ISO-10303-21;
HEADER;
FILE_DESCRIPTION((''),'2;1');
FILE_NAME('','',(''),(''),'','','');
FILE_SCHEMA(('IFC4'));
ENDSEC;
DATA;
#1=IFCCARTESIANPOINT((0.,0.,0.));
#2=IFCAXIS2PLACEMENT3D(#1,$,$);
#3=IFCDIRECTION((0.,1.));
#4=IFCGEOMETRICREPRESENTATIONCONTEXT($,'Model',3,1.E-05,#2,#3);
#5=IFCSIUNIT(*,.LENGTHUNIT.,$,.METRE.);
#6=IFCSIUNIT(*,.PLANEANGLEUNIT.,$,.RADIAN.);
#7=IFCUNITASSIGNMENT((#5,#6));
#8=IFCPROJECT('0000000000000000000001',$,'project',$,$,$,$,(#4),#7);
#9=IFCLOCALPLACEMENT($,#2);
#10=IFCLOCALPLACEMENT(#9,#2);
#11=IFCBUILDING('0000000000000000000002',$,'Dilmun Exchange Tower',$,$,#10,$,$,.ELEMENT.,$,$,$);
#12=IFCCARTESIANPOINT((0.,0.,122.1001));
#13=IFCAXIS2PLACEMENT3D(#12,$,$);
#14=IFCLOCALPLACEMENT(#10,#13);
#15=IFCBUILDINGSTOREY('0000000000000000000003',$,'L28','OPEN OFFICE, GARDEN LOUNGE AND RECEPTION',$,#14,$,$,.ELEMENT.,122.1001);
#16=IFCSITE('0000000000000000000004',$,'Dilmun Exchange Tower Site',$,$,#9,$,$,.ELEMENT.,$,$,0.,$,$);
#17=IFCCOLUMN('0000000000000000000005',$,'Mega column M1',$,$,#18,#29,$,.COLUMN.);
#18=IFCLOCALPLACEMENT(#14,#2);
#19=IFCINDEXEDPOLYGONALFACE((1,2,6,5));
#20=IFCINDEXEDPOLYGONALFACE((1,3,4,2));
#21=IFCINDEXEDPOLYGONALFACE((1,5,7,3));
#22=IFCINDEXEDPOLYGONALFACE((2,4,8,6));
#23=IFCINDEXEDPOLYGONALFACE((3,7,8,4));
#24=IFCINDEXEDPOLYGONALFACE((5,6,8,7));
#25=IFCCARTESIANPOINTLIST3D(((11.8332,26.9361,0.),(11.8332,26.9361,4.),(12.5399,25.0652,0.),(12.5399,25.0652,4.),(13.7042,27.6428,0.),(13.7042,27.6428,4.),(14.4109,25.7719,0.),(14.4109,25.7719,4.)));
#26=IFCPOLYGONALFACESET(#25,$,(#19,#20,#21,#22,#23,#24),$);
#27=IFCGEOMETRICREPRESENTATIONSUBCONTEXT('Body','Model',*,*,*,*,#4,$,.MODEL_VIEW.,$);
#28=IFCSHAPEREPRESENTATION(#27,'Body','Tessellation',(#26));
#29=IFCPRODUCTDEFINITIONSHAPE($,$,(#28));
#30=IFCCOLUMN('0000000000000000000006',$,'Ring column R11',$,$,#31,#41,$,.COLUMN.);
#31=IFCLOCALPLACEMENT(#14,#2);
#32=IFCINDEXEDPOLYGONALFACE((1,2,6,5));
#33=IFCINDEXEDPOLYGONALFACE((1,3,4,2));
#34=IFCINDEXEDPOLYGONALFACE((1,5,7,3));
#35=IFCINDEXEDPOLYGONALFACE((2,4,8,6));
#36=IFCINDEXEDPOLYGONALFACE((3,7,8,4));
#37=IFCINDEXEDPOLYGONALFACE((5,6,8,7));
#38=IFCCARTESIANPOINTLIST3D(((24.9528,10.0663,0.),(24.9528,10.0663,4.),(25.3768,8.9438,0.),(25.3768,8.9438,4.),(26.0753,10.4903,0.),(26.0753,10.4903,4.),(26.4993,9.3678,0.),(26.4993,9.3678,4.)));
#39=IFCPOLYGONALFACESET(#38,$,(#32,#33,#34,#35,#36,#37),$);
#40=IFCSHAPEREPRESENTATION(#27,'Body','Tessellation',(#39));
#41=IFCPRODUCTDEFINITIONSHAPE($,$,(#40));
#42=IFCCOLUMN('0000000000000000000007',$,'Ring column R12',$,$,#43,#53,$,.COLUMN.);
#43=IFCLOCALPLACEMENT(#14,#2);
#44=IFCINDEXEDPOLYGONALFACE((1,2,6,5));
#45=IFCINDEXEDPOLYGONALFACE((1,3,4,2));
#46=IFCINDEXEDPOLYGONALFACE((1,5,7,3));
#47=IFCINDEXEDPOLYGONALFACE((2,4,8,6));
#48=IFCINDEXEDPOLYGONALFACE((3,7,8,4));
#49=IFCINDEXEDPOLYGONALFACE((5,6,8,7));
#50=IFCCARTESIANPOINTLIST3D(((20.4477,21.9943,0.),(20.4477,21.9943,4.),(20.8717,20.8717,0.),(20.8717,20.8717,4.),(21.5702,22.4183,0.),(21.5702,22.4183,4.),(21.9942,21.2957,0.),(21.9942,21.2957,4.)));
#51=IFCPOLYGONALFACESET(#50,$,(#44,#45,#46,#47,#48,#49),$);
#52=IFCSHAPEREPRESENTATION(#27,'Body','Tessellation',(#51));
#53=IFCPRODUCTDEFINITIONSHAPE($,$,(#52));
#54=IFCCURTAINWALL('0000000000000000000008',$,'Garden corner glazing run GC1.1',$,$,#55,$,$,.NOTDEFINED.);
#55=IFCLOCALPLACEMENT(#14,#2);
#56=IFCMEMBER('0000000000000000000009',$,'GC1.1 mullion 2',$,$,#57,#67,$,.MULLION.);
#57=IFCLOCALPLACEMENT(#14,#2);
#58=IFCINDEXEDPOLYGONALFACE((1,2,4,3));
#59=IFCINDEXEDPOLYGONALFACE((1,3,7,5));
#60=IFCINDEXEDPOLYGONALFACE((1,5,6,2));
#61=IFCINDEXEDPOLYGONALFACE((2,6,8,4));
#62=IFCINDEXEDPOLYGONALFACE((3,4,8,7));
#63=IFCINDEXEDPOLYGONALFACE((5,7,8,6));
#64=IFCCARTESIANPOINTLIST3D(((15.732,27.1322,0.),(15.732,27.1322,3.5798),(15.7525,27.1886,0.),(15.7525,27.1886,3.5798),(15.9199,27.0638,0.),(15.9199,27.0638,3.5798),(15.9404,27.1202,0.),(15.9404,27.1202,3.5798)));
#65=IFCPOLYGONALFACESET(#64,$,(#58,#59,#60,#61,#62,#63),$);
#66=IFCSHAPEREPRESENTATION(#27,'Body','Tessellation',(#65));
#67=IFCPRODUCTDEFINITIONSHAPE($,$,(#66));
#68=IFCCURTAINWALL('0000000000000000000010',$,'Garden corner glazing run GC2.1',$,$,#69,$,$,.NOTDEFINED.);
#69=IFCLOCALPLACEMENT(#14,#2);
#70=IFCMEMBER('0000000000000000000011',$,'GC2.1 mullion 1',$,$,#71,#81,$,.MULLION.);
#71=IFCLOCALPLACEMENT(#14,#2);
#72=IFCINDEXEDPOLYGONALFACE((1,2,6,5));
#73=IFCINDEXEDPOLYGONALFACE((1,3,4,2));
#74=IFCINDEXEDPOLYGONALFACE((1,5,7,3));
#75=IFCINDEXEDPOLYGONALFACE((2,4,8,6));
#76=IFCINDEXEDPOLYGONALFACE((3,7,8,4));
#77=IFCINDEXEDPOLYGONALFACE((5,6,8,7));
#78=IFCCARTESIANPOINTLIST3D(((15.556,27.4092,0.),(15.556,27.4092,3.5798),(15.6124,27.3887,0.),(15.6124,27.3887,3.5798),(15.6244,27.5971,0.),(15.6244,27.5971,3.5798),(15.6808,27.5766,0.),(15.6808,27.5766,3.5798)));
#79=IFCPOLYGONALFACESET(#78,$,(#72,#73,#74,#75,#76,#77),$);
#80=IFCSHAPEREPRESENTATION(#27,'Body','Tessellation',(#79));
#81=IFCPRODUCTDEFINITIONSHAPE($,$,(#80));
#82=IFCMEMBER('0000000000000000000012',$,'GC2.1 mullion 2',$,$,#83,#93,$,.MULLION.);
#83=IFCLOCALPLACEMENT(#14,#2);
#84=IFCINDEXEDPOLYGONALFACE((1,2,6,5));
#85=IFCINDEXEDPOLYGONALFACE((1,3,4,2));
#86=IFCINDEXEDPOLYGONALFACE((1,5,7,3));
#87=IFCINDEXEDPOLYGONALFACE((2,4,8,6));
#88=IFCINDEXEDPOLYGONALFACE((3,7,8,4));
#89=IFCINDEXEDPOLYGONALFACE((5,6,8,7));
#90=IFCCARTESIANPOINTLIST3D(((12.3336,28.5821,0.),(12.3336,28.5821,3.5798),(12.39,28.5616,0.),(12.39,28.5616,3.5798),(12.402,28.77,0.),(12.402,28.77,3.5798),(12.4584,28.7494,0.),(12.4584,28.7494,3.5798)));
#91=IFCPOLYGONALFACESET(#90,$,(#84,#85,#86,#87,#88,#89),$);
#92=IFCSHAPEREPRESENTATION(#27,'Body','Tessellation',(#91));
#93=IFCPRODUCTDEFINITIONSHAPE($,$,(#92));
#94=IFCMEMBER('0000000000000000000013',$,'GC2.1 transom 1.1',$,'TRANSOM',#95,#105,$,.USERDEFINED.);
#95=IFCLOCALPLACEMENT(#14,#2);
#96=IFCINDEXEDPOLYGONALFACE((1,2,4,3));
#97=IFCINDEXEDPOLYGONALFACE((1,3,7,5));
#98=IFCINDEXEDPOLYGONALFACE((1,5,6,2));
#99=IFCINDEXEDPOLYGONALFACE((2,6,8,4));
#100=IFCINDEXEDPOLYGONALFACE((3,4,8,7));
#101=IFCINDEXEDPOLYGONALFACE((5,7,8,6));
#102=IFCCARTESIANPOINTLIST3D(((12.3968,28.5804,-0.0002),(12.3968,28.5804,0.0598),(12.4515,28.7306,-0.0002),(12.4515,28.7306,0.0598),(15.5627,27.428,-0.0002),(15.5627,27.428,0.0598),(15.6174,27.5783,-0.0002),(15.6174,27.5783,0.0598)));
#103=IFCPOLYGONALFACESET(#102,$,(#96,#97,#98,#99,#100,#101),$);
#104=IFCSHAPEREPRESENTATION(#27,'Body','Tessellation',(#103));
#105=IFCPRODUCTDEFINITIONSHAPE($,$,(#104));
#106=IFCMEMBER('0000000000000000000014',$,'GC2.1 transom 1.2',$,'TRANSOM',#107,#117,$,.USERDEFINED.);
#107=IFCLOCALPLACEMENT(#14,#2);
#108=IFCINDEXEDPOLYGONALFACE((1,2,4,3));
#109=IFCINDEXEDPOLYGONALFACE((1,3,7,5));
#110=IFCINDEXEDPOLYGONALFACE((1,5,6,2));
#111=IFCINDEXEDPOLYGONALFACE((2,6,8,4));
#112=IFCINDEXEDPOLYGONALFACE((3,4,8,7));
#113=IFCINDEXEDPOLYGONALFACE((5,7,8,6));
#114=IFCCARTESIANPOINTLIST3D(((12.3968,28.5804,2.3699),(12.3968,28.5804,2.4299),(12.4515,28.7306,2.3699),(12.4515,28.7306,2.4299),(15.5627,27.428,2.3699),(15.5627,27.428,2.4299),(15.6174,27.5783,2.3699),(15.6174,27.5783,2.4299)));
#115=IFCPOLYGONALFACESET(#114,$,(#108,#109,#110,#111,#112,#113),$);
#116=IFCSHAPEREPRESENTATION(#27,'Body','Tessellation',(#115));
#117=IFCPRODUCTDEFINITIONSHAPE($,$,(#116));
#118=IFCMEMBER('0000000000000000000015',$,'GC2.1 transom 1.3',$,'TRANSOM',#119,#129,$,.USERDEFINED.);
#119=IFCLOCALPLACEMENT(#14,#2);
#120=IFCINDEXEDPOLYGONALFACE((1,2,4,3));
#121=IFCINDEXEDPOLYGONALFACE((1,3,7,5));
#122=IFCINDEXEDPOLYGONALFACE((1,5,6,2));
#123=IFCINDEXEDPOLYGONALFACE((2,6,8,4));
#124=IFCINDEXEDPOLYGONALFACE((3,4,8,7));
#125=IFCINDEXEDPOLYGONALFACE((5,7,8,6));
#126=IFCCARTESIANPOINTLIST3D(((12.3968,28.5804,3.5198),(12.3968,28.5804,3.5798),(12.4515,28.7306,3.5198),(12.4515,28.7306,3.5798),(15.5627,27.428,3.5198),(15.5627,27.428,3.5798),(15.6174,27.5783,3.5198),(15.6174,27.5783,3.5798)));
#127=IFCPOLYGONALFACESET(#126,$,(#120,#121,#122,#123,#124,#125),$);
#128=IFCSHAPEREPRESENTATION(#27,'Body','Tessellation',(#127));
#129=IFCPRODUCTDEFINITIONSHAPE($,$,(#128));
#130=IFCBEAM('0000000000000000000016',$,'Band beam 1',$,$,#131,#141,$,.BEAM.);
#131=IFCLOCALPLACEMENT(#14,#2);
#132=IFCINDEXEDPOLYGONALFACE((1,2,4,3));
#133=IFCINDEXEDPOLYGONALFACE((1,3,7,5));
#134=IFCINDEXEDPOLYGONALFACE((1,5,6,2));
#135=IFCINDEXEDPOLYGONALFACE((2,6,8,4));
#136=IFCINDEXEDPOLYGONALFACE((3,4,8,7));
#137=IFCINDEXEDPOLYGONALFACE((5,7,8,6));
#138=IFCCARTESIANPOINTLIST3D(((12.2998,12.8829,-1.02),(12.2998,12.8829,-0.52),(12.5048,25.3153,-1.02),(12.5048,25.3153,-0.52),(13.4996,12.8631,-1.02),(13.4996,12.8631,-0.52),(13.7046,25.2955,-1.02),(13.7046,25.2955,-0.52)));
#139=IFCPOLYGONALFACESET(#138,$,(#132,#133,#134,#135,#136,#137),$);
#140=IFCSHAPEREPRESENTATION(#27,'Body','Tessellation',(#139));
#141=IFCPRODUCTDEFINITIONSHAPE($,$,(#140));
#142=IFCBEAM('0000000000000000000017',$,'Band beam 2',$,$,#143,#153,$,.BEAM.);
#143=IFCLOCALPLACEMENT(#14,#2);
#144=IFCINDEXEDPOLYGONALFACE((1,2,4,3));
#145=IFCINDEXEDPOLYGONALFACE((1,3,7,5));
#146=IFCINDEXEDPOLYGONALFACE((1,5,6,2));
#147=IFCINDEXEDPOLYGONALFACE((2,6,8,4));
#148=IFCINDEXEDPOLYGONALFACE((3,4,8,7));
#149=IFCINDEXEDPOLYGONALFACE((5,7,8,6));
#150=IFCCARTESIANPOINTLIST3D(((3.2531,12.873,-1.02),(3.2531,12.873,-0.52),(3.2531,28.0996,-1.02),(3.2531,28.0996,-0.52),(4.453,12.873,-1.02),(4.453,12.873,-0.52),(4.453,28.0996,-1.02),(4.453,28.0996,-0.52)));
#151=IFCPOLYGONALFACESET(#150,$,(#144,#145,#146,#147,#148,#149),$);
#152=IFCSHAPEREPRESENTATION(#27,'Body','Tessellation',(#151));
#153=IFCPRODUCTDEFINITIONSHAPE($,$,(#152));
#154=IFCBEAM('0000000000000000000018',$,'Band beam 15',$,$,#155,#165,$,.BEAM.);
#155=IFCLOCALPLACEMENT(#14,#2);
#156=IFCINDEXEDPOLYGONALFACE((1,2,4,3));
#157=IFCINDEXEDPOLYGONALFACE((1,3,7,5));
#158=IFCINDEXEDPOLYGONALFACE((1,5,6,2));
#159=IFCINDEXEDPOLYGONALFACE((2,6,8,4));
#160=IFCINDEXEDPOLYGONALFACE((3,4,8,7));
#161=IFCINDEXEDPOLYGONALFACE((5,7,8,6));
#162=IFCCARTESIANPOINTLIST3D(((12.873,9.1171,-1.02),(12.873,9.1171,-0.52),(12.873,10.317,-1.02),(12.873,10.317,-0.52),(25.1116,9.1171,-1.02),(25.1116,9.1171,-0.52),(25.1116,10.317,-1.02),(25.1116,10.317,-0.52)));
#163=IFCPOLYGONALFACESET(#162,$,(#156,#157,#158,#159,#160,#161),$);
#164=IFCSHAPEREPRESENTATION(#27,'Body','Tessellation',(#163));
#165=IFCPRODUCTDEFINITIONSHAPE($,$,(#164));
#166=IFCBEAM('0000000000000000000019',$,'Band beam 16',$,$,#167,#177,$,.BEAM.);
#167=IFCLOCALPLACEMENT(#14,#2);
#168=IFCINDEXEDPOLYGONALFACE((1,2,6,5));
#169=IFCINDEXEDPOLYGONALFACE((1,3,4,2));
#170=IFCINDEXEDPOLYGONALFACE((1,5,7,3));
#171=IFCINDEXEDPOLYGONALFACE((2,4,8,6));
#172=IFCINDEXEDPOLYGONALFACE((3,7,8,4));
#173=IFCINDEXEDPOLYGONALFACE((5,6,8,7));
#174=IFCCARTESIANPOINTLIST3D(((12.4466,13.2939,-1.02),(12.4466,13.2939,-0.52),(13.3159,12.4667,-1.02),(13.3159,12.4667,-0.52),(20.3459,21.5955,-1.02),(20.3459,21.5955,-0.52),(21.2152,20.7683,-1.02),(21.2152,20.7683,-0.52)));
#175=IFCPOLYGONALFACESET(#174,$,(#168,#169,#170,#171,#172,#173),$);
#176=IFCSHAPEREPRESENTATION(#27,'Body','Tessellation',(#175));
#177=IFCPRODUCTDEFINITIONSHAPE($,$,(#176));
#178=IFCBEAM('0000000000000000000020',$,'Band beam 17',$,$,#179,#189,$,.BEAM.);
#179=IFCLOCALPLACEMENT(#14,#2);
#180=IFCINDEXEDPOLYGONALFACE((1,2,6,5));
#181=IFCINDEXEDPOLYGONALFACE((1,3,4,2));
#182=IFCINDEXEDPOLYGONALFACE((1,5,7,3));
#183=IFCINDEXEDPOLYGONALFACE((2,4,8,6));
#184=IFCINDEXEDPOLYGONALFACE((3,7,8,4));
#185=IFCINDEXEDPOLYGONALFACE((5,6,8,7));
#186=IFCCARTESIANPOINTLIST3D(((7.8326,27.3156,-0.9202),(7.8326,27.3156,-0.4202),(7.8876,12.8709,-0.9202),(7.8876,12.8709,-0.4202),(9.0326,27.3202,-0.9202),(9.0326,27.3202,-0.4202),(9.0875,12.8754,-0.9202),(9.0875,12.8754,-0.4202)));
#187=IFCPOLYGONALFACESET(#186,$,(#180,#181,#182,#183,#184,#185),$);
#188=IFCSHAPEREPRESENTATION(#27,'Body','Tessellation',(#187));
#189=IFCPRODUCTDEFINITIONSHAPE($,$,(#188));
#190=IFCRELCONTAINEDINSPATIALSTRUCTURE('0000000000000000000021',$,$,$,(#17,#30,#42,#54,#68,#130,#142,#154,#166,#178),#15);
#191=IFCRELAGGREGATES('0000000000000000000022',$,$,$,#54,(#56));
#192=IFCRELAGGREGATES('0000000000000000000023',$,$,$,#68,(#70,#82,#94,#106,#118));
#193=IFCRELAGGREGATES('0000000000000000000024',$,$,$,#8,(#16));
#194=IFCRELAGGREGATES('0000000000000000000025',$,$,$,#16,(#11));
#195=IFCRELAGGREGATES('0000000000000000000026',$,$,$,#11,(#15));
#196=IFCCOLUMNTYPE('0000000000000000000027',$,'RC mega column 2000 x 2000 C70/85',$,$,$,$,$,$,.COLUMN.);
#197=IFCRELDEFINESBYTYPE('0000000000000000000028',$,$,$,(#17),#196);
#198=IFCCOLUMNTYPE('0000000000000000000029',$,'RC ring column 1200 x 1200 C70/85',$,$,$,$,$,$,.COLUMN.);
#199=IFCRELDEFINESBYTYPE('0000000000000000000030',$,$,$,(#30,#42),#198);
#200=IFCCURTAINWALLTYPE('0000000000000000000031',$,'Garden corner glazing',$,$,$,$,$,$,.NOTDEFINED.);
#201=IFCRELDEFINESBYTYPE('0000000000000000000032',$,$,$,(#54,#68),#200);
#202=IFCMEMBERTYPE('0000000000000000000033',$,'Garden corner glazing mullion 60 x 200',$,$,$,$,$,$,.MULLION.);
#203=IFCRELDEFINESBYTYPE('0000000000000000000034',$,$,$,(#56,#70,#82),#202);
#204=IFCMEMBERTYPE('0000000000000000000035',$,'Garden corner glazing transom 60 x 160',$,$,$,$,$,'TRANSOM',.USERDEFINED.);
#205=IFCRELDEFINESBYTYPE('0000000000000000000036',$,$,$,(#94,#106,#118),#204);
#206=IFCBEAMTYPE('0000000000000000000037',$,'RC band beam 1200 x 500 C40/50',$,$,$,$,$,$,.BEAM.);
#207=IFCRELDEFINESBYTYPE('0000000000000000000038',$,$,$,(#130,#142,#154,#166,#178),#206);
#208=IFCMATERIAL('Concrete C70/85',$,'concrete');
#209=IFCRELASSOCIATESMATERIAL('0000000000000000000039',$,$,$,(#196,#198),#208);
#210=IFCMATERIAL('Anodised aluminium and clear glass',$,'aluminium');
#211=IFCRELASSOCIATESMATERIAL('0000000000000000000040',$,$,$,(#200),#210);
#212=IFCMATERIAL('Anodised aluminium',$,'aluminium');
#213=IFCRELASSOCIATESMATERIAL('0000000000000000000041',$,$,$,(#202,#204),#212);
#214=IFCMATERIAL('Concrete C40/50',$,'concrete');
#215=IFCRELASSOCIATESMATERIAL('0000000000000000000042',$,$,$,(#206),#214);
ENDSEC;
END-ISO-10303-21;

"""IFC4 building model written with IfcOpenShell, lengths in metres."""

from ifc_helpers import new_model, si_unit, direction, frame, origin, origin_2d, place, context, subcontext, project, spatial, rectangle, extrude, material, material_profile, profile_set, type_object, element, aggregate, save


model = new_model("IFC4")

# Units and contexts
model_context = context("Model", 3, precision=1e-05, world=origin(), true_north=direction((0.0, 1.0)))
body_context = subcontext(model_context, "Body", "Model", "MODEL_VIEW")
ifc_project = project(units=[si_unit("LENGTHUNIT", "METRE"), si_unit("PLANEANGLEUNIT", "RADIAN")], contexts=[model_context])

# Site, building, storey
site_placement = place(None, origin())
site = spatial("IfcSite", under=ifc_project, at=site_placement, Name="Dilmun Exchange Tower Site", CompositionType="ELEMENT", RefElevation=0.0)
building_placement = place(site_placement, origin())
building = spatial("IfcBuilding", under=site, at=building_placement, Name="Dilmun Exchange Tower", CompositionType="ELEMENT")
storey_placement = place(building_placement, frame((0.0, 0.0, 122.1001)))
storey = spatial("IfcBuildingStorey", under=building, at=storey_placement, Name="L28", Description="OPEN OFFICE, GARDEN LOUNGE AND RECEPTION", CompositionType="ELEMENT", Elevation=122.1001)

# Columns
ifc_material_1 = material(Name="Concrete C70/85", Category="concrete")
ifc_material_profile_1 = material_profile(ifc_material_1, rectangle(XDim=2.0, YDim=2.0, at=origin_2d()), Name="2000 x 2000")
ifc_profile_set_1 = profile_set([ifc_material_profile_1], Name="Concrete C70/85")
column_type_1 = type_object("IfcColumnType", Name="RC mega column 2000 x 2000 C70/85", PredefinedType="COLUMN", material=ifc_profile_set_1)
column_placement = place(storey_placement, frame((13.1221, 26.354, 0.0), z_axis=(0.0, 0.0, 1.0), x_axis=(0.935492, 0.353349, 0.0)))
element("IfcColumn", 1, at=column_placement, inside=storey, type_object=column_type_1, Name="Mega column M1", PredefinedType="COLUMN", context=body_context, shape_type="SweptSolid", body=[
    extrude(rectangle(XDim=2.0, YDim=2.0, at=origin_2d()), origin(), (0.0, 0.0, 1.0), 4.0),
])
ifc_material_profile_2 = material_profile(ifc_material_1, rectangle(XDim=1.2, YDim=1.2, at=origin_2d()), Name="1200 x 1200")
ifc_profile_set_2 = profile_set([ifc_material_profile_2], Name="Concrete C70/85")
column_type_2 = type_object("IfcColumnType", Name="RC ring column 1200 x 1200 C70/85", PredefinedType="COLUMN", material=ifc_profile_set_2)
for number, where, z_axis, x_axis, name in (
    (2, (25.7261, 9.717, 0.0), (0.0, 0.0, 1.0), (0.935492, 0.353349, 0.0), "Ring column R11"),
    (3, (21.2209, 21.645, 0.0), (0.0, 0.0, 1.0), (0.935492, 0.353349, 0.0), "Ring column R12"),
):
    element("IfcColumn", number, at=place(storey_placement, frame(where, z_axis=z_axis, x_axis=x_axis)), inside=storey, type_object=column_type_2, Name=name, PredefinedType="COLUMN", context=body_context, shape_type="SweptSolid", body=[
        extrude(rectangle(XDim=1.2, YDim=1.2, at=origin_2d()), origin(), (0.0, 0.0, 1.0), 4.0),
    ])

# Curtain wall, member
ifc_material_2 = material(Name="Anodised aluminium and clear glass", Category="aluminium")
curtain_wall_type = type_object("IfcCurtainWallType", Name="Garden corner glazing", PredefinedType="NOTDEFINED", material=ifc_material_2)
curtain_wall_1_placement = place(storey_placement, origin())
curtain_wall_1 = element("IfcCurtainWall", 4, at=curtain_wall_1_placement, inside=storey, type_object=curtain_wall_type, Name="Garden corner glazing run GC1.1", PredefinedType="NOTDEFINED")
ifc_material_3 = material(Name="Anodised aluminium", Category="aluminium")
ifc_material_profile_3 = material_profile(ifc_material_3, rectangle(XDim=0.2, YDim=0.0601, at=origin_2d()), Name="AL 60x200")
ifc_profile_set_3 = profile_set([ifc_material_profile_3], Name="Anodised aluminium")
member_type_1 = type_object("IfcMemberType", Name="Garden corner glazing mullion 60 x 200", PredefinedType="MULLION", material=ifc_profile_set_3)
member_1_placement = place(storey_placement, frame((15.8362, 27.1262, 0.0), z_axis=(0.0, 0.0, 1.0), x_axis=(0.939694, -0.342016, 0.0)))
member_1 = element("IfcMember", 5, at=member_1_placement, type_object=member_type_1, Name="GC1.1 mullion 2", PredefinedType="MULLION", context=body_context, shape_type="SweptSolid", body=[
    extrude(rectangle(XDim=0.2, YDim=0.0601, at=origin_2d()), origin(), (0.0, 0.0, 1.0), 3.5798),
])
aggregate(curtain_wall_1, [member_1])

# Curtain wall, members
curtain_wall_2_placement = place(storey_placement, origin())
curtain_wall_2 = element("IfcCurtainWall", 6, at=curtain_wall_2_placement, inside=storey, type_object=curtain_wall_type, Name="Garden corner glazing run GC2.1", PredefinedType="NOTDEFINED")
member_2_placement = place(storey_placement, frame((15.6184, 27.4929, 0.0), z_axis=(0.0, 0.0, 1.0), x_axis=(-0.342033, -0.939688, 0.0)))
member_2 = element("IfcMember", 7, at=member_2_placement, type_object=member_type_1, Name="GC2.1 mullion 1", PredefinedType="MULLION", context=body_context, shape_type="SweptSolid", body=[
    extrude(rectangle(XDim=0.2, YDim=0.0601, at=origin_2d()), origin(), (0.0, 0.0, 1.0), 3.5798),
])
member_3_placement = place(storey_placement, frame((12.396, 28.6658, 0.0), z_axis=(0.0, 0.0, 1.0), x_axis=(-0.342033, -0.939688, 0.0)))
member_3 = element("IfcMember", 8, at=member_3_placement, type_object=member_type_1, Name="GC2.1 mullion 2", PredefinedType="MULLION", context=body_context, shape_type="SweptSolid", body=[
    extrude(rectangle(XDim=0.2, YDim=0.0601, at=origin_2d()), origin(), (0.0, 0.0, 1.0), 3.5798),
])
ifc_material_profile_4 = material_profile(ifc_material_3, rectangle(XDim=0.1599, YDim=0.0601, at=origin_2d()), Name="AL 60x160")
ifc_profile_set_4 = profile_set([ifc_material_profile_4], Name="Anodised aluminium")
member_type_2 = type_object("IfcMemberType", Name="Garden corner glazing transom 60 x 160", ElementType="TRANSOM", PredefinedType="USERDEFINED", material=ifc_profile_set_4)
member_4_placement = place(storey_placement, frame((15.5901, 27.5032, 0.0298), z_axis=(-0.939692, 0.342022, 0.0), x_axis=(-0.342022, -0.939692, 0.0)))
member_4 = element("IfcMember", 9, at=member_4_placement, type_object=member_type_2, Name="GC2.1 transom 1.1", ObjectType="TRANSOM", PredefinedType="USERDEFINED", context=body_context, shape_type="SweptSolid", body=[
    extrude(rectangle(XDim=0.1599, YDim=0.0601, at=origin_2d()), origin(), (0.0, 0.0, 1.0), 3.3691),
])
member_5_placement = place(storey_placement, frame((15.5901, 27.5032, 2.3999), z_axis=(-0.939692, 0.342022, 0.0), x_axis=(-0.342022, -0.939692, 0.0)))
member_5 = element("IfcMember", 10, at=member_5_placement, type_object=member_type_2, Name="GC2.1 transom 1.2", ObjectType="TRANSOM", PredefinedType="USERDEFINED", context=body_context, shape_type="SweptSolid", body=[
    extrude(rectangle(XDim=0.1599, YDim=0.0601, at=origin_2d()), origin(), (0.0, 0.0, 1.0), 3.3691),
])
member_6_placement = place(storey_placement, frame((15.5901, 27.5032, 3.5498), z_axis=(-0.939692, 0.342022, 0.0), x_axis=(-0.342022, -0.939692, 0.0)))
member_6 = element("IfcMember", 11, at=member_6_placement, type_object=member_type_2, Name="GC2.1 transom 1.3", ObjectType="TRANSOM", PredefinedType="USERDEFINED", context=body_context, shape_type="SweptSolid", body=[
    extrude(rectangle(XDim=0.1599, YDim=0.0601, at=origin_2d()), origin(), (0.0, 0.0, 1.0), 3.3691),
])

# Beams
ifc_material_4 = material(Name="Concrete C40/50", Category="concrete")
ifc_material_profile_5 = material_profile(ifc_material_4, rectangle(XDim=1.2, YDim=0.5, at=origin_2d()), Name="1200 x 500")
ifc_profile_set_5 = profile_set([ifc_material_profile_5], Name="Concrete C40/50")
beam_type_1 = type_object("IfcBeamType", Name="RC band beam 1200 x 500 C40/50", PredefinedType="BEAM", material=ifc_profile_set_5)
beam_1_placement = place(storey_placement, frame((13.1047, 25.3054, -0.77), z_axis=(-0.016493, -0.999864, 0.0), x_axis=(0.999864, -0.016493, 0.0)))
element("IfcBeam", 12, at=beam_1_placement, inside=storey, type_object=beam_type_1, Name="Band beam 1", PredefinedType="BEAM", context=body_context, shape_type="SweptSolid", body=[
    extrude(rectangle(XDim=1.2, YDim=0.5, at=origin_2d()), origin(), (0.0, 0.0, 1.0), 12.4341),
])
beam_2_placement = place(storey_placement, frame((3.853, 28.0996, -0.77), z_axis=(0.0, -1.0, 0.0), x_axis=(1.0, 0.0, 0.0)))
element("IfcBeam", 13, at=beam_2_placement, inside=storey, type_object=beam_type_1, Name="Band beam 2", PredefinedType="BEAM", context=body_context, shape_type="SweptSolid", body=[
    extrude(rectangle(XDim=1.2, YDim=0.5, at=origin_2d()), origin(), (0.0, 0.0, 1.0), 15.2266),
])
beam_3_placement = place(storey_placement, frame((25.1116, 9.717, -0.77), z_axis=(-1.0, 0.0, 0.0), x_axis=(0.0, -1.0, 0.0)))
element("IfcBeam", 14, at=beam_3_placement, inside=storey, type_object=beam_type_1, Name="Band beam 15", PredefinedType="BEAM", context=body_context, shape_type="SweptSolid", body=[
    extrude(rectangle(XDim=1.2, YDim=0.5, at=origin_2d()), origin(), (0.0, 0.0, 1.0), 12.2385),
])
beam_4_placement = place(storey_placement, frame((20.7805, 21.1819, -0.77), z_axis=(-0.689333, -0.724444, 0.0), x_axis=(0.724444, -0.689333, 0.0)))
element("IfcBeam", 15, at=beam_4_placement, inside=storey, type_object=beam_type_1, Name="Band beam 16", PredefinedType="BEAM", context=body_context, shape_type="SweptSolid", body=[
    extrude(rectangle(XDim=1.2, YDim=0.5, at=origin_2d()), origin(), (0.0, 0.0, 1.0), 11.4592),
])
beam_5_placement = place(storey_placement, frame((8.4326, 27.3179, -0.6702), z_axis=(0.003803, -0.999993, 0.0), x_axis=(0.999993, 0.003803, 0.0)))
element("IfcBeam", 16, at=beam_5_placement, inside=storey, type_object=beam_type_1, Name="Band beam 17", PredefinedType="BEAM", context=body_context, shape_type="SweptSolid", body=[
    extrude(rectangle(XDim=1.2, YDim=0.5, at=origin_2d()), origin(), (0.0, 0.0, 1.0), 14.4448),
])

aggregate(curtain_wall_2, [member_2, member_3, member_4, member_5, member_6])

save(model, "model.ifc")
